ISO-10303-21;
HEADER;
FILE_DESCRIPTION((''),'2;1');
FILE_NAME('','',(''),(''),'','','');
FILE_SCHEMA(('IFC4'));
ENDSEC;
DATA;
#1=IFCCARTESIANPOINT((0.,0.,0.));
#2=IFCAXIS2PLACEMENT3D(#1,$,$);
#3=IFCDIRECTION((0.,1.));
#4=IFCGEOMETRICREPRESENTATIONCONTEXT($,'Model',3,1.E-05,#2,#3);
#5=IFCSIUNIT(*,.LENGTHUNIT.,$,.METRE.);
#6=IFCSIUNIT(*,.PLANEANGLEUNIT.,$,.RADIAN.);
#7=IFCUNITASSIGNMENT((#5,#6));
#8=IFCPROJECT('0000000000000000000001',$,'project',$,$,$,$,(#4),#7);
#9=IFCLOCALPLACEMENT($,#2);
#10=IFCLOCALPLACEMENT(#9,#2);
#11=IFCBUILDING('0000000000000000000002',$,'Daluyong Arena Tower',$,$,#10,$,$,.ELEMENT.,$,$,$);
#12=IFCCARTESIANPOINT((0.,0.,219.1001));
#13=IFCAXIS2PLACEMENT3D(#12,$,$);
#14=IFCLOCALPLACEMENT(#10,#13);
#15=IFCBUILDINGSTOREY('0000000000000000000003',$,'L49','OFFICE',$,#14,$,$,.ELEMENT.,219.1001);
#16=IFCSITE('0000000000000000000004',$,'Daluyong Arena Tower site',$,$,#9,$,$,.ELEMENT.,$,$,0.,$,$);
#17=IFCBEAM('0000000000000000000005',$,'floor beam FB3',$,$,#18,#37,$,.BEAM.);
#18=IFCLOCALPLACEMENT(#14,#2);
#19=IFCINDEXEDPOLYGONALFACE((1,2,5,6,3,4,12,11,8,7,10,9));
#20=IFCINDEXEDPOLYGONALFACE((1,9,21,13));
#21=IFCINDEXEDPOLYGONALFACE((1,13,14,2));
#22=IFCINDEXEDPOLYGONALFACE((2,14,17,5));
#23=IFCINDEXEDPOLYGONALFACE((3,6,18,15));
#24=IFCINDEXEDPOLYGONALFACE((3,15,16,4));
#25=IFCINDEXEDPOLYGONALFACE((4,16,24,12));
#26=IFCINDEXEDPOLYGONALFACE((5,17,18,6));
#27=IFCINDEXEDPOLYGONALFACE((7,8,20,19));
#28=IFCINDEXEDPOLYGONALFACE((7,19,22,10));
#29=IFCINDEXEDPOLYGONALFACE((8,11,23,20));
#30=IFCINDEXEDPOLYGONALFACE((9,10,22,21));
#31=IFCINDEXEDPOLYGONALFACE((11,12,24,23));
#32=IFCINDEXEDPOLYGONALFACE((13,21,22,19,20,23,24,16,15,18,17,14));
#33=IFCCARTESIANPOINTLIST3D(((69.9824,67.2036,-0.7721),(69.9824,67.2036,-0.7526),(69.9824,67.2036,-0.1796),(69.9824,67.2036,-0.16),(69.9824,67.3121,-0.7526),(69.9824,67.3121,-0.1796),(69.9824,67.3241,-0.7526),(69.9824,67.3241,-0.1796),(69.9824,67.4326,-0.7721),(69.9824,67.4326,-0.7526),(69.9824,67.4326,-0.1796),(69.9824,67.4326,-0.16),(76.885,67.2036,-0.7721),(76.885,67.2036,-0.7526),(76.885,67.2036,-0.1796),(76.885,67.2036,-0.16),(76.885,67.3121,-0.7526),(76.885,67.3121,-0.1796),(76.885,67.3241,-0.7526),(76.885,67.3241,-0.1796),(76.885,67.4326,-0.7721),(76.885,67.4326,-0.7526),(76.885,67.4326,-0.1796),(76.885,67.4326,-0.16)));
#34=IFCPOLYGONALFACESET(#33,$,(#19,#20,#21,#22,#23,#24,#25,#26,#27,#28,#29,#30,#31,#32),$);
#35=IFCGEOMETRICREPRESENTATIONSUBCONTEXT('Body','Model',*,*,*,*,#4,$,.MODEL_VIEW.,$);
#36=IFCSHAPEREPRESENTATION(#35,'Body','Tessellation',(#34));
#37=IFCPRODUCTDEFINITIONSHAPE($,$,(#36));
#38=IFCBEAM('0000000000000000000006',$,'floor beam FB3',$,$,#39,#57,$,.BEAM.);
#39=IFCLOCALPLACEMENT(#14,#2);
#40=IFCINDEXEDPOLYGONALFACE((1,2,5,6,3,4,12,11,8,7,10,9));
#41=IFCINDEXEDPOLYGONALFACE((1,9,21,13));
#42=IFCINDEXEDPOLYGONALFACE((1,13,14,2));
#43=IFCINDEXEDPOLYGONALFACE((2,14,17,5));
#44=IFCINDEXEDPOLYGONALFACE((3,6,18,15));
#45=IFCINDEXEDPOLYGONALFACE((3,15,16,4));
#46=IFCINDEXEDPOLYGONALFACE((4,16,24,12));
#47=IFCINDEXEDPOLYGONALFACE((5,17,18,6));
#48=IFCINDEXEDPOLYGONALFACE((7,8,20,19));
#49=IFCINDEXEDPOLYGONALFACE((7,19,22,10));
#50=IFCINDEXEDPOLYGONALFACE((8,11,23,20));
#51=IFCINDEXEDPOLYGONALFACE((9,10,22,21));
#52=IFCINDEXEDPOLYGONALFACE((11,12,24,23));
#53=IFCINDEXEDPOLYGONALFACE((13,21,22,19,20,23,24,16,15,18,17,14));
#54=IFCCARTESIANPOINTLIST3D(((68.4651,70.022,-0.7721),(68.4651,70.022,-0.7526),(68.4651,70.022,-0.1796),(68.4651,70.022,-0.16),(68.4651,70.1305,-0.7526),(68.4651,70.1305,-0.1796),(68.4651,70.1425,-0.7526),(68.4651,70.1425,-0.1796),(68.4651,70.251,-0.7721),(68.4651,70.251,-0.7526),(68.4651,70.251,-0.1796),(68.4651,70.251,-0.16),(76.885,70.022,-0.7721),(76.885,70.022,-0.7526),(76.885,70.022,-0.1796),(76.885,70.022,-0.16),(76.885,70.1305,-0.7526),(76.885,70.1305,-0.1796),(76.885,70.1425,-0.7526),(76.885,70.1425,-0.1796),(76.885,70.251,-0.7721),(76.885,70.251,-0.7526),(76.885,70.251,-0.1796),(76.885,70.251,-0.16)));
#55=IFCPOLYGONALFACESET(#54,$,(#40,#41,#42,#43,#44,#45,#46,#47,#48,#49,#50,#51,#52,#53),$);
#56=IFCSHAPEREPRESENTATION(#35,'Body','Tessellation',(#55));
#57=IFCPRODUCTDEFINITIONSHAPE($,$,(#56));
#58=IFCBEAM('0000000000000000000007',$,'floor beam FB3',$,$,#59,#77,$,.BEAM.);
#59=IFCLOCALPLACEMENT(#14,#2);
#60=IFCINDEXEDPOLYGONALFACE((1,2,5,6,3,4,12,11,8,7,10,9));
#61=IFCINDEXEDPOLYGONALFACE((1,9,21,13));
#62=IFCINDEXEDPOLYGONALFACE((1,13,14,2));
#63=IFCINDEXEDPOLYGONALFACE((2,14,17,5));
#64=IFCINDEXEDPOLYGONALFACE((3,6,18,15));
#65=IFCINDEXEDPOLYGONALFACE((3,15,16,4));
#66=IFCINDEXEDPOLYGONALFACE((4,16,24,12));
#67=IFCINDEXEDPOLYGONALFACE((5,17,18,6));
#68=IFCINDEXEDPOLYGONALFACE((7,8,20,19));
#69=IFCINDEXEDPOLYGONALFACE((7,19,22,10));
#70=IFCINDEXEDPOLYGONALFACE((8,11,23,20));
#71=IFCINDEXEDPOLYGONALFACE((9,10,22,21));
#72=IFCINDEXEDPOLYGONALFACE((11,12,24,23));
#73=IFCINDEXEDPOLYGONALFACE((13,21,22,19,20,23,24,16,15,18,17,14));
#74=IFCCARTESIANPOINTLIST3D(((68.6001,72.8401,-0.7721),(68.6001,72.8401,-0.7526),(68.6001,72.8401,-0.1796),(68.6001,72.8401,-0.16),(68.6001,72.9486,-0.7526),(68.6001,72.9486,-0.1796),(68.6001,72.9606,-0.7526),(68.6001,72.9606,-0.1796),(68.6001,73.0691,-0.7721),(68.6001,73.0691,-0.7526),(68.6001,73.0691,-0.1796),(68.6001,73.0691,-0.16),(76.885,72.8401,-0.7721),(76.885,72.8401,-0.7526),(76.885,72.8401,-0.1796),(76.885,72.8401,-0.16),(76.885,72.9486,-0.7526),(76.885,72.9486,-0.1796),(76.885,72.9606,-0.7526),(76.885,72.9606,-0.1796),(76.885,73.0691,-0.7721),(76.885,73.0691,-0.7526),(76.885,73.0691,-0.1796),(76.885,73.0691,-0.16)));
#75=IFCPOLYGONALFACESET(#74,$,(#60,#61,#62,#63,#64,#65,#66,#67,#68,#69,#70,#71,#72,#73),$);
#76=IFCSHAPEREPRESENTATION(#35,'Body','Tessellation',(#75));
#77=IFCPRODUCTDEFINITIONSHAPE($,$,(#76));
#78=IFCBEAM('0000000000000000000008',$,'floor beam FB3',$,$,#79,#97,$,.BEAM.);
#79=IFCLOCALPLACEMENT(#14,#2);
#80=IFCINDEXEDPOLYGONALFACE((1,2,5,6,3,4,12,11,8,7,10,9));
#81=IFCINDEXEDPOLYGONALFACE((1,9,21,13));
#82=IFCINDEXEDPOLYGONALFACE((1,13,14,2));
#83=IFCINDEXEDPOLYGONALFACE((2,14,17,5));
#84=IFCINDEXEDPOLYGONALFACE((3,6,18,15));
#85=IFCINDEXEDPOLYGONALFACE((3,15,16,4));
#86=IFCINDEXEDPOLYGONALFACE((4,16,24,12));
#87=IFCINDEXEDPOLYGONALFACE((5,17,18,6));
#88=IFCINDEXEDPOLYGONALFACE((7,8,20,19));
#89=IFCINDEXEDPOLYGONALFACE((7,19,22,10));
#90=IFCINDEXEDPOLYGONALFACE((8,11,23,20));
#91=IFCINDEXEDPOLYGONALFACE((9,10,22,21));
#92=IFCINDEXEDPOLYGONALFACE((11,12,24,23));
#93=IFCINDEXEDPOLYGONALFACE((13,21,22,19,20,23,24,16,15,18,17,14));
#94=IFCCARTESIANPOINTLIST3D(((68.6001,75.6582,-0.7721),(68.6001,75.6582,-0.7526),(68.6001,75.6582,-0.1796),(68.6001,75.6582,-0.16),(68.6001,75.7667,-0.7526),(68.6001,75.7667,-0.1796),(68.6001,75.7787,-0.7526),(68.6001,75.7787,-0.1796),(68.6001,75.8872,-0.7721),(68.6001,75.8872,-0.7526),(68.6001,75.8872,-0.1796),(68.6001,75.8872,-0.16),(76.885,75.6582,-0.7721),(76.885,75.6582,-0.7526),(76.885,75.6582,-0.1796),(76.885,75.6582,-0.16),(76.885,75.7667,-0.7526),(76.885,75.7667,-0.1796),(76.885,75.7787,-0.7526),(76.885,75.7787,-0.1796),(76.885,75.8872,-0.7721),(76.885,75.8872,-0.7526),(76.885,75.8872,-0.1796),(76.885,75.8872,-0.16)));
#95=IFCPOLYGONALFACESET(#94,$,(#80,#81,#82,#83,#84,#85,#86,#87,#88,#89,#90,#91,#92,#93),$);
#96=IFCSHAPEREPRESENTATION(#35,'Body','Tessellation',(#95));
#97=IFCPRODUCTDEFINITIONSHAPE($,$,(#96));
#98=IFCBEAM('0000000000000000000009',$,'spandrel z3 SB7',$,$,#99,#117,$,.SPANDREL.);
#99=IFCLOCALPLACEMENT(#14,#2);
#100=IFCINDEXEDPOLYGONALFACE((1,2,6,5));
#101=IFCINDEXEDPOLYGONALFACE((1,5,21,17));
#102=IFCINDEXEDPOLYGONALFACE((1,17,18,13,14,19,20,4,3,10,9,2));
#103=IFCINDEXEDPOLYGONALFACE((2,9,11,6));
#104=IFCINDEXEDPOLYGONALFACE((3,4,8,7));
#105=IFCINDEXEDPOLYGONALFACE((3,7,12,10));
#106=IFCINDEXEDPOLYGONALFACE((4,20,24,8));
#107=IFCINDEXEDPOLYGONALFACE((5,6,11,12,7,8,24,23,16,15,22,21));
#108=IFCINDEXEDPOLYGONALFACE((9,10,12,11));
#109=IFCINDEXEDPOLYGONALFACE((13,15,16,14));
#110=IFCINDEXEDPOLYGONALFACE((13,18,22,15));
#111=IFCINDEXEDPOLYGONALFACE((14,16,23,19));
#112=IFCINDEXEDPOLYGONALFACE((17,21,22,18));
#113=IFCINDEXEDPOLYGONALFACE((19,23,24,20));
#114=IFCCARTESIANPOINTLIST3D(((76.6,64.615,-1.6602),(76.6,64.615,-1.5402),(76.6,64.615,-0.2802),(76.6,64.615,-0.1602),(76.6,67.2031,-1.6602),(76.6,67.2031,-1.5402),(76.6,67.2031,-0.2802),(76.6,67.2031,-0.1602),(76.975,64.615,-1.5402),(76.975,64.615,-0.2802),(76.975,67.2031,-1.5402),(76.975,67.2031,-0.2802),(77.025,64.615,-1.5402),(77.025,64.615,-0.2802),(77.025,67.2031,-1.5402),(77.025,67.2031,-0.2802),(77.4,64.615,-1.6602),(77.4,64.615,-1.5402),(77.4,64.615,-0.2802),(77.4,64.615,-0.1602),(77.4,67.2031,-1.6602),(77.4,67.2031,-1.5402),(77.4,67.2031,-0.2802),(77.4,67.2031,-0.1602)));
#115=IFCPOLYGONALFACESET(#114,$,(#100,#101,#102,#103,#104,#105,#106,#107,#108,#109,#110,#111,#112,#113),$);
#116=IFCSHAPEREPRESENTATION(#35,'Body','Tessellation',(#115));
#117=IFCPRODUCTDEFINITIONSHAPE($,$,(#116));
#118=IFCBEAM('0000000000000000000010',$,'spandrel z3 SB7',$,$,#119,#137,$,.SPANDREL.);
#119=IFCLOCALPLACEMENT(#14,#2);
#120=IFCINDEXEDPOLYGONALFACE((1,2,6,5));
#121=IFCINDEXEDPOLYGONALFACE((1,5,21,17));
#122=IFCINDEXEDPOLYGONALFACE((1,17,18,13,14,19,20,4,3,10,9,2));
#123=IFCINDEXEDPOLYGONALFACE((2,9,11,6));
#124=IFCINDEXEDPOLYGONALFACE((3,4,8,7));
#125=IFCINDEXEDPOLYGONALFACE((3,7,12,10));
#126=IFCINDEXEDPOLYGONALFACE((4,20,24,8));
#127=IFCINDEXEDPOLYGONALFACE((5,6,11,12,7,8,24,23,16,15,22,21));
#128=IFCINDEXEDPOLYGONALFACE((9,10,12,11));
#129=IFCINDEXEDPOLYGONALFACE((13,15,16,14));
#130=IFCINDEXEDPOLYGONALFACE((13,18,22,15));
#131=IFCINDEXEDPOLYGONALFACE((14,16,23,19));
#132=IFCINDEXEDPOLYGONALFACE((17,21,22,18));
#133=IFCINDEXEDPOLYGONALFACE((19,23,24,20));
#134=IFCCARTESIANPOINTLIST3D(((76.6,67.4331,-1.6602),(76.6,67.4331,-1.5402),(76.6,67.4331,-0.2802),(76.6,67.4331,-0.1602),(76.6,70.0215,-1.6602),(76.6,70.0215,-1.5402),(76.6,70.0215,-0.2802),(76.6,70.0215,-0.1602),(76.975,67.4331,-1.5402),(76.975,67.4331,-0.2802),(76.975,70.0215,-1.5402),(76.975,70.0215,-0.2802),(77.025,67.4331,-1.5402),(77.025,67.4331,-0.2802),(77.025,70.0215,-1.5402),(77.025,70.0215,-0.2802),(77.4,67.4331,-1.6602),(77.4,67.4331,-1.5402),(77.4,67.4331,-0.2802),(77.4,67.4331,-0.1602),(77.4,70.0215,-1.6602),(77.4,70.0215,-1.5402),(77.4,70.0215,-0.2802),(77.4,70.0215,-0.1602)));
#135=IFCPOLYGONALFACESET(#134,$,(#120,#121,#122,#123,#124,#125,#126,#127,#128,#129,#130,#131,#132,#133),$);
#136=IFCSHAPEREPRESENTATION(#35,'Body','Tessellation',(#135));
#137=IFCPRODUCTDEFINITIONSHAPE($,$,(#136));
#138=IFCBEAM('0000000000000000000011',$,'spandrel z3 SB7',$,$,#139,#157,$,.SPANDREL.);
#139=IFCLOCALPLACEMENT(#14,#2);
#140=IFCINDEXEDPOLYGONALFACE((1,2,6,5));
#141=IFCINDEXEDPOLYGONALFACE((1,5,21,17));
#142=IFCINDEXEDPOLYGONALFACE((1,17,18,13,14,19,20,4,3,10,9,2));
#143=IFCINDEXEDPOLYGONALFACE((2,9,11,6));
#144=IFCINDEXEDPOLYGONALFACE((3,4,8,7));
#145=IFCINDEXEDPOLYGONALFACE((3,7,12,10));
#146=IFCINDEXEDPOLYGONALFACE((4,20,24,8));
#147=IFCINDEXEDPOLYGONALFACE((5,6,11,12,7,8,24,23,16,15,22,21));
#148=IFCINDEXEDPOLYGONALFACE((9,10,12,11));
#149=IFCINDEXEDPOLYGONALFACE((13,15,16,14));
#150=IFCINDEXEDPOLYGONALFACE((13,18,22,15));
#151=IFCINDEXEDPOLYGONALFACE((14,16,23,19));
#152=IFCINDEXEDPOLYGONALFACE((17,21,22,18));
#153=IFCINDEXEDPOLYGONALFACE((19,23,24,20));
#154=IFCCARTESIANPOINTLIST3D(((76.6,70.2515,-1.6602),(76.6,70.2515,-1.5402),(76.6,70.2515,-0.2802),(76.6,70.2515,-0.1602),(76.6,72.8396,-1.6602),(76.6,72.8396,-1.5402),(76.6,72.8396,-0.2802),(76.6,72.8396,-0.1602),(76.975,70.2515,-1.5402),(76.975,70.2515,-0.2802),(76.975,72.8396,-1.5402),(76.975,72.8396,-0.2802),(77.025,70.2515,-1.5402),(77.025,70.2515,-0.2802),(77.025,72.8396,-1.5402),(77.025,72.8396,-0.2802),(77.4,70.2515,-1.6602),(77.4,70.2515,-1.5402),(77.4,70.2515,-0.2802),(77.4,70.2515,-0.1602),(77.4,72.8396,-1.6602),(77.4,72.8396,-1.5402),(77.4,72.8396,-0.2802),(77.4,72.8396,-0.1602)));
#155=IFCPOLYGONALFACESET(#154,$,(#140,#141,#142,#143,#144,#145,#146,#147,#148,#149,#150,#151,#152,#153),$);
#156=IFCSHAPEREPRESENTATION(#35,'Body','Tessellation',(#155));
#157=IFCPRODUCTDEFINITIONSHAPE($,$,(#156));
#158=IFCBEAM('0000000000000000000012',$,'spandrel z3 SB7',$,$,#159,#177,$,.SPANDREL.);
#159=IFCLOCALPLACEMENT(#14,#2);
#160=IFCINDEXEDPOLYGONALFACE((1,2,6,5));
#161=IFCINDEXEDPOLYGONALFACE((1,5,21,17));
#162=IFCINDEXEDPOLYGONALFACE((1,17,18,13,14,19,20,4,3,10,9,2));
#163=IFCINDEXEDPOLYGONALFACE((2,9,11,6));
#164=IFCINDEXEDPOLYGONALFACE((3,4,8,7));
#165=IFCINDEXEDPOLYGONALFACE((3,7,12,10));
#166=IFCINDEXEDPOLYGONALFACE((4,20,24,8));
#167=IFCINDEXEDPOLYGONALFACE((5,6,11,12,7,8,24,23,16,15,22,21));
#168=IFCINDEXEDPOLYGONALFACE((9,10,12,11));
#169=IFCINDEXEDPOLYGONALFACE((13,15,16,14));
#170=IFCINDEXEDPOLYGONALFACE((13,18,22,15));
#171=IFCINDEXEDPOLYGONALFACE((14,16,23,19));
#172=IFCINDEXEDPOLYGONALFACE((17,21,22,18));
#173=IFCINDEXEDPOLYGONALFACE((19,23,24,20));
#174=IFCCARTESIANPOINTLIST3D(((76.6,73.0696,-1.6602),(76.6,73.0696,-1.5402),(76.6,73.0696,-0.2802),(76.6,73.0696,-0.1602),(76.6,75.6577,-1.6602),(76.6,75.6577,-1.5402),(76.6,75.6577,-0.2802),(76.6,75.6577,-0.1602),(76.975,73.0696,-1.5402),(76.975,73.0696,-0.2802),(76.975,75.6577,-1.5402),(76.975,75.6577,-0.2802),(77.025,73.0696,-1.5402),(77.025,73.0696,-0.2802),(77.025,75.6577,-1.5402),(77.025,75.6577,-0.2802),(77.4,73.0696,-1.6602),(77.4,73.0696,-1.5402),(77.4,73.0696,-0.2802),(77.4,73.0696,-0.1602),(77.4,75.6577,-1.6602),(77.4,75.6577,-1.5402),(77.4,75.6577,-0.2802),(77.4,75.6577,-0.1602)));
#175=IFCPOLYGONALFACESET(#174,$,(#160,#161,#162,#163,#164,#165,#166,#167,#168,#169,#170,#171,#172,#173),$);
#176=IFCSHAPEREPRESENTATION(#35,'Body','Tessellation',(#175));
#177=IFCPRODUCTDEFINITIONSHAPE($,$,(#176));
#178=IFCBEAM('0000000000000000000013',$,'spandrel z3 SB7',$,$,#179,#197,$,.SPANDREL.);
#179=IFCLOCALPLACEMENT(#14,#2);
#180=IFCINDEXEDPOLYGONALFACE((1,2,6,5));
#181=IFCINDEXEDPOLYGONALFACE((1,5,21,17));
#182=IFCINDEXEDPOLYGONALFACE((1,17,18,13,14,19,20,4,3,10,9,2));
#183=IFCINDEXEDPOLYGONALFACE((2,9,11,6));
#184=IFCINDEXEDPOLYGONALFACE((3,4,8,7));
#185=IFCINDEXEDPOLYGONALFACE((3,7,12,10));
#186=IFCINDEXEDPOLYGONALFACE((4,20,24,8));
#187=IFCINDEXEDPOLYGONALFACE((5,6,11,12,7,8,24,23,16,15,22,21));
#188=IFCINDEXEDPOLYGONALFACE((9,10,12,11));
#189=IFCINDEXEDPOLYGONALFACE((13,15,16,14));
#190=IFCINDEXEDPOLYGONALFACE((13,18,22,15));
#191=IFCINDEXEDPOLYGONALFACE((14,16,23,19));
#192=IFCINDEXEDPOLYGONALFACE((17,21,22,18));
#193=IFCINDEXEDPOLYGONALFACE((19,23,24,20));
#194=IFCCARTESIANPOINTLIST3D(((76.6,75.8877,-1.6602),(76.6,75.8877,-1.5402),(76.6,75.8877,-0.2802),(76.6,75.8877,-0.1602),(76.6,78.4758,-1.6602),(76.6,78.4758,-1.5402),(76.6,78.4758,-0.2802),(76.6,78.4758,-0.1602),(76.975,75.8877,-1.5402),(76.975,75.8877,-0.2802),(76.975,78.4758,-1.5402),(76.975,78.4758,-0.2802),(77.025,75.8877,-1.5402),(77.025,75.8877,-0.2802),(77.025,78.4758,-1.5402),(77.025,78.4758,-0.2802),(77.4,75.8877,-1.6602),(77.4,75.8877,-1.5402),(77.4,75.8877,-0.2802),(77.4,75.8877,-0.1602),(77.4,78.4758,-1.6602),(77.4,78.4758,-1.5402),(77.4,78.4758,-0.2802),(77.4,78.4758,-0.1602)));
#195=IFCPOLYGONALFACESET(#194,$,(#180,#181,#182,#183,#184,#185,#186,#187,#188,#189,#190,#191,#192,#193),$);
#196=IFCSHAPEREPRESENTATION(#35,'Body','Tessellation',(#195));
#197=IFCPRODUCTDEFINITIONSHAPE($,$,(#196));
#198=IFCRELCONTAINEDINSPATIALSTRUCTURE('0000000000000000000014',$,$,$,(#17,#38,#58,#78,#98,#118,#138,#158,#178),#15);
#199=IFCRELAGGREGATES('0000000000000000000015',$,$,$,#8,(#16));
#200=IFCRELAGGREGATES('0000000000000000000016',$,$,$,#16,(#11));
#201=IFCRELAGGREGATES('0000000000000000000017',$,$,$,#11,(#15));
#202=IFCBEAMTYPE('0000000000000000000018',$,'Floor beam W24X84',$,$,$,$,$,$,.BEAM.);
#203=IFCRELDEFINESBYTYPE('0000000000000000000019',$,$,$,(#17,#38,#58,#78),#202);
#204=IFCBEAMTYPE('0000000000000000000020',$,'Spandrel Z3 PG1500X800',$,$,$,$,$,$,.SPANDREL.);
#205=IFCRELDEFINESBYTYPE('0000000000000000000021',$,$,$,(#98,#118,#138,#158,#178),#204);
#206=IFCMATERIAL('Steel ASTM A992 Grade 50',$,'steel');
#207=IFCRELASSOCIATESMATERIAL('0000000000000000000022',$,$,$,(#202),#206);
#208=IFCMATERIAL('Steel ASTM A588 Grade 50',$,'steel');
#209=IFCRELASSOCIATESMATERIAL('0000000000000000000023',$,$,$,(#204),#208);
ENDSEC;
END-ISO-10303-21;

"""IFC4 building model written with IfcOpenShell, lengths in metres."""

from ifc_helpers import new_model, si_unit, direction, frame, origin, origin_2d, place, context, subcontext, project, spatial, i_section, extrude, material, material_profile, profile_set, type_object, element, save


model = new_model("IFC4")

# Units and contexts
model_context = context("Model", 3, precision=1e-05, world=origin(), true_north=direction((0.0, 1.0)))
body_context = subcontext(model_context, "Body", "Model", "MODEL_VIEW")
ifc_project = project(units=[si_unit("LENGTHUNIT", "METRE"), si_unit("PLANEANGLEUNIT", "RADIAN")], contexts=[model_context])

# Site, building, storey
site_placement = place(None, origin())
site = spatial("IfcSite", under=ifc_project, at=site_placement, Name="Daluyong Arena Tower site", CompositionType="ELEMENT", RefElevation=0.0)
building_placement = place(site_placement, origin())
building = spatial("IfcBuilding", under=site, at=building_placement, Name="Daluyong Arena Tower", CompositionType="ELEMENT")
storey_placement = place(building_placement, frame((0.0, 0.0, 219.1001)))
storey = spatial("IfcBuildingStorey", under=building, at=storey_placement, Name="L49", Description="OFFICE", CompositionType="ELEMENT", Elevation=219.1001)

# Beams
ifc_material_1 = material(Name="Steel ASTM A992 Grade 50", Category="steel")
ifc_material_profile_1 = material_profile(ifc_material_1, i_section(OverallWidth=0.229, OverallDepth=0.6121, WebThickness=0.012, FlangeThickness=0.0195, at=origin_2d()))
ifc_profile_set_1 = profile_set([ifc_material_profile_1], Name="Steel ASTM A992 Grade 50")
beam_type_1 = type_object("IfcBeamType", Name="Floor beam W24X84", PredefinedType="BEAM", material=ifc_profile_set_1)
beam_1_placement = place(storey_placement, frame((76.885, 67.3181, -0.4661), z_axis=(-1.0, 0.0, 0.0), x_axis=(0.0, -1.0, 0.0)))
element("IfcBeam", 1, at=beam_1_placement, inside=storey, type_object=beam_type_1, Name="floor beam FB3", PredefinedType="BEAM", context=body_context, shape_type="SweptSolid", body=[
    extrude(i_section(OverallWidth=0.229, OverallDepth=0.6121, WebThickness=0.012, FlangeThickness=0.0195, at=origin_2d()), origin(), (0.0, 0.0, 1.0), 6.9026),
])
beam_2_placement = place(storey_placement, frame((76.885, 70.1365, -0.4661), z_axis=(-1.0, 0.0, 0.0), x_axis=(0.0, -1.0, 0.0)))
element("IfcBeam", 2, at=beam_2_placement, inside=storey, type_object=beam_type_1, Name="floor beam FB3", PredefinedType="BEAM", context=body_context, shape_type="SweptSolid", body=[
    extrude(i_section(OverallWidth=0.229, OverallDepth=0.6121, WebThickness=0.012, FlangeThickness=0.0195, at=origin_2d()), origin(), (0.0, 0.0, 1.0), 8.4199),
])
for number, where, z_axis, x_axis, name in (
    (3, (76.885, 72.9546, -0.4661), (-1.0, 0.0, 0.0), (0.0, -1.0, 0.0), "floor beam FB3"),
    (4, (76.885, 75.7727, -0.4661), (-1.0, 0.0, 0.0), (0.0, -1.0, 0.0), "floor beam FB3"),
):
    element("IfcBeam", number, at=place(storey_placement, frame(where, z_axis=z_axis, x_axis=x_axis)), inside=storey, type_object=beam_type_1, Name=name, PredefinedType="BEAM", context=body_context, shape_type="SweptSolid", body=[
        extrude(i_section(OverallWidth=0.229, OverallDepth=0.6121, WebThickness=0.012, FlangeThickness=0.0195, at=origin_2d()), origin(), (0.0, 0.0, 1.0), 8.2849),
    ])
ifc_material_2 = material(Name="Steel ASTM A588 Grade 50", Category="steel")
ifc_material_profile_2 = material_profile(ifc_material_2, i_section(OverallWidth=0.8, OverallDepth=1.5, WebThickness=0.05, FlangeThickness=0.12, at=origin_2d()))
ifc_profile_set_2 = profile_set([ifc_material_profile_2], Name="Steel ASTM A588 Grade 50")
beam_type_2 = type_object("IfcBeamType", Name="Spandrel Z3 PG1500X800", PredefinedType="SPANDREL", material=ifc_profile_set_2)
beam_3_placement = place(storey_placement, frame((77.0, 64.615, -0.9102), z_axis=(0.0, 1.0, 0.0), x_axis=(-1.0, 0.0, 0.0)))
element("IfcBeam", 5, at=beam_3_placement, inside=storey, type_object=beam_type_2, Name="spandrel z3 SB7", PredefinedType="SPANDREL", context=body_context, shape_type="SweptSolid", body=[
    extrude(i_section(OverallWidth=0.8, OverallDepth=1.5, WebThickness=0.05, FlangeThickness=0.12, at=origin_2d()), origin(), (0.0, 0.0, 1.0), 2.5881),
])
beam_4_placement = place(storey_placement, frame((77.0, 67.4331, -0.9102), z_axis=(0.0, 1.0, 0.0), x_axis=(-1.0, 0.0, 0.0)))
element("IfcBeam", 6, at=beam_4_placement, inside=storey, type_object=beam_type_2, Name="spandrel z3 SB7", PredefinedType="SPANDREL", context=body_context, shape_type="SweptSolid", body=[
    extrude(i_section(OverallWidth=0.8, OverallDepth=1.5, WebThickness=0.05, FlangeThickness=0.12, at=origin_2d()), origin(), (0.0, 0.0, 1.0), 2.5884),
])
for number, where, z_axis, x_axis, name in (
    (7, (77.0, 70.2515, -0.9102), (0.0, 1.0, 0.0), (-1.0, 0.0, 0.0), "spandrel z3 SB7"),
    (8, (77.0, 73.0696, -0.9102), (0.0, 1.0, 0.0), (-1.0, 0.0, 0.0), "spandrel z3 SB7"),
    (9, (77.0, 75.8877, -0.9102), (0.0, 1.0, 0.0), (-1.0, 0.0, 0.0), "spandrel z3 SB7"),
):
    element("IfcBeam", number, at=place(storey_placement, frame(where, z_axis=z_axis, x_axis=x_axis)), inside=storey, type_object=beam_type_2, Name=name, PredefinedType="SPANDREL", context=body_context, shape_type="SweptSolid", body=[
        extrude(i_section(OverallWidth=0.8, OverallDepth=1.5, WebThickness=0.05, FlangeThickness=0.12, at=origin_2d()), origin(), (0.0, 0.0, 1.0), 2.5881),
    ])

save(model, "model.ifc")
